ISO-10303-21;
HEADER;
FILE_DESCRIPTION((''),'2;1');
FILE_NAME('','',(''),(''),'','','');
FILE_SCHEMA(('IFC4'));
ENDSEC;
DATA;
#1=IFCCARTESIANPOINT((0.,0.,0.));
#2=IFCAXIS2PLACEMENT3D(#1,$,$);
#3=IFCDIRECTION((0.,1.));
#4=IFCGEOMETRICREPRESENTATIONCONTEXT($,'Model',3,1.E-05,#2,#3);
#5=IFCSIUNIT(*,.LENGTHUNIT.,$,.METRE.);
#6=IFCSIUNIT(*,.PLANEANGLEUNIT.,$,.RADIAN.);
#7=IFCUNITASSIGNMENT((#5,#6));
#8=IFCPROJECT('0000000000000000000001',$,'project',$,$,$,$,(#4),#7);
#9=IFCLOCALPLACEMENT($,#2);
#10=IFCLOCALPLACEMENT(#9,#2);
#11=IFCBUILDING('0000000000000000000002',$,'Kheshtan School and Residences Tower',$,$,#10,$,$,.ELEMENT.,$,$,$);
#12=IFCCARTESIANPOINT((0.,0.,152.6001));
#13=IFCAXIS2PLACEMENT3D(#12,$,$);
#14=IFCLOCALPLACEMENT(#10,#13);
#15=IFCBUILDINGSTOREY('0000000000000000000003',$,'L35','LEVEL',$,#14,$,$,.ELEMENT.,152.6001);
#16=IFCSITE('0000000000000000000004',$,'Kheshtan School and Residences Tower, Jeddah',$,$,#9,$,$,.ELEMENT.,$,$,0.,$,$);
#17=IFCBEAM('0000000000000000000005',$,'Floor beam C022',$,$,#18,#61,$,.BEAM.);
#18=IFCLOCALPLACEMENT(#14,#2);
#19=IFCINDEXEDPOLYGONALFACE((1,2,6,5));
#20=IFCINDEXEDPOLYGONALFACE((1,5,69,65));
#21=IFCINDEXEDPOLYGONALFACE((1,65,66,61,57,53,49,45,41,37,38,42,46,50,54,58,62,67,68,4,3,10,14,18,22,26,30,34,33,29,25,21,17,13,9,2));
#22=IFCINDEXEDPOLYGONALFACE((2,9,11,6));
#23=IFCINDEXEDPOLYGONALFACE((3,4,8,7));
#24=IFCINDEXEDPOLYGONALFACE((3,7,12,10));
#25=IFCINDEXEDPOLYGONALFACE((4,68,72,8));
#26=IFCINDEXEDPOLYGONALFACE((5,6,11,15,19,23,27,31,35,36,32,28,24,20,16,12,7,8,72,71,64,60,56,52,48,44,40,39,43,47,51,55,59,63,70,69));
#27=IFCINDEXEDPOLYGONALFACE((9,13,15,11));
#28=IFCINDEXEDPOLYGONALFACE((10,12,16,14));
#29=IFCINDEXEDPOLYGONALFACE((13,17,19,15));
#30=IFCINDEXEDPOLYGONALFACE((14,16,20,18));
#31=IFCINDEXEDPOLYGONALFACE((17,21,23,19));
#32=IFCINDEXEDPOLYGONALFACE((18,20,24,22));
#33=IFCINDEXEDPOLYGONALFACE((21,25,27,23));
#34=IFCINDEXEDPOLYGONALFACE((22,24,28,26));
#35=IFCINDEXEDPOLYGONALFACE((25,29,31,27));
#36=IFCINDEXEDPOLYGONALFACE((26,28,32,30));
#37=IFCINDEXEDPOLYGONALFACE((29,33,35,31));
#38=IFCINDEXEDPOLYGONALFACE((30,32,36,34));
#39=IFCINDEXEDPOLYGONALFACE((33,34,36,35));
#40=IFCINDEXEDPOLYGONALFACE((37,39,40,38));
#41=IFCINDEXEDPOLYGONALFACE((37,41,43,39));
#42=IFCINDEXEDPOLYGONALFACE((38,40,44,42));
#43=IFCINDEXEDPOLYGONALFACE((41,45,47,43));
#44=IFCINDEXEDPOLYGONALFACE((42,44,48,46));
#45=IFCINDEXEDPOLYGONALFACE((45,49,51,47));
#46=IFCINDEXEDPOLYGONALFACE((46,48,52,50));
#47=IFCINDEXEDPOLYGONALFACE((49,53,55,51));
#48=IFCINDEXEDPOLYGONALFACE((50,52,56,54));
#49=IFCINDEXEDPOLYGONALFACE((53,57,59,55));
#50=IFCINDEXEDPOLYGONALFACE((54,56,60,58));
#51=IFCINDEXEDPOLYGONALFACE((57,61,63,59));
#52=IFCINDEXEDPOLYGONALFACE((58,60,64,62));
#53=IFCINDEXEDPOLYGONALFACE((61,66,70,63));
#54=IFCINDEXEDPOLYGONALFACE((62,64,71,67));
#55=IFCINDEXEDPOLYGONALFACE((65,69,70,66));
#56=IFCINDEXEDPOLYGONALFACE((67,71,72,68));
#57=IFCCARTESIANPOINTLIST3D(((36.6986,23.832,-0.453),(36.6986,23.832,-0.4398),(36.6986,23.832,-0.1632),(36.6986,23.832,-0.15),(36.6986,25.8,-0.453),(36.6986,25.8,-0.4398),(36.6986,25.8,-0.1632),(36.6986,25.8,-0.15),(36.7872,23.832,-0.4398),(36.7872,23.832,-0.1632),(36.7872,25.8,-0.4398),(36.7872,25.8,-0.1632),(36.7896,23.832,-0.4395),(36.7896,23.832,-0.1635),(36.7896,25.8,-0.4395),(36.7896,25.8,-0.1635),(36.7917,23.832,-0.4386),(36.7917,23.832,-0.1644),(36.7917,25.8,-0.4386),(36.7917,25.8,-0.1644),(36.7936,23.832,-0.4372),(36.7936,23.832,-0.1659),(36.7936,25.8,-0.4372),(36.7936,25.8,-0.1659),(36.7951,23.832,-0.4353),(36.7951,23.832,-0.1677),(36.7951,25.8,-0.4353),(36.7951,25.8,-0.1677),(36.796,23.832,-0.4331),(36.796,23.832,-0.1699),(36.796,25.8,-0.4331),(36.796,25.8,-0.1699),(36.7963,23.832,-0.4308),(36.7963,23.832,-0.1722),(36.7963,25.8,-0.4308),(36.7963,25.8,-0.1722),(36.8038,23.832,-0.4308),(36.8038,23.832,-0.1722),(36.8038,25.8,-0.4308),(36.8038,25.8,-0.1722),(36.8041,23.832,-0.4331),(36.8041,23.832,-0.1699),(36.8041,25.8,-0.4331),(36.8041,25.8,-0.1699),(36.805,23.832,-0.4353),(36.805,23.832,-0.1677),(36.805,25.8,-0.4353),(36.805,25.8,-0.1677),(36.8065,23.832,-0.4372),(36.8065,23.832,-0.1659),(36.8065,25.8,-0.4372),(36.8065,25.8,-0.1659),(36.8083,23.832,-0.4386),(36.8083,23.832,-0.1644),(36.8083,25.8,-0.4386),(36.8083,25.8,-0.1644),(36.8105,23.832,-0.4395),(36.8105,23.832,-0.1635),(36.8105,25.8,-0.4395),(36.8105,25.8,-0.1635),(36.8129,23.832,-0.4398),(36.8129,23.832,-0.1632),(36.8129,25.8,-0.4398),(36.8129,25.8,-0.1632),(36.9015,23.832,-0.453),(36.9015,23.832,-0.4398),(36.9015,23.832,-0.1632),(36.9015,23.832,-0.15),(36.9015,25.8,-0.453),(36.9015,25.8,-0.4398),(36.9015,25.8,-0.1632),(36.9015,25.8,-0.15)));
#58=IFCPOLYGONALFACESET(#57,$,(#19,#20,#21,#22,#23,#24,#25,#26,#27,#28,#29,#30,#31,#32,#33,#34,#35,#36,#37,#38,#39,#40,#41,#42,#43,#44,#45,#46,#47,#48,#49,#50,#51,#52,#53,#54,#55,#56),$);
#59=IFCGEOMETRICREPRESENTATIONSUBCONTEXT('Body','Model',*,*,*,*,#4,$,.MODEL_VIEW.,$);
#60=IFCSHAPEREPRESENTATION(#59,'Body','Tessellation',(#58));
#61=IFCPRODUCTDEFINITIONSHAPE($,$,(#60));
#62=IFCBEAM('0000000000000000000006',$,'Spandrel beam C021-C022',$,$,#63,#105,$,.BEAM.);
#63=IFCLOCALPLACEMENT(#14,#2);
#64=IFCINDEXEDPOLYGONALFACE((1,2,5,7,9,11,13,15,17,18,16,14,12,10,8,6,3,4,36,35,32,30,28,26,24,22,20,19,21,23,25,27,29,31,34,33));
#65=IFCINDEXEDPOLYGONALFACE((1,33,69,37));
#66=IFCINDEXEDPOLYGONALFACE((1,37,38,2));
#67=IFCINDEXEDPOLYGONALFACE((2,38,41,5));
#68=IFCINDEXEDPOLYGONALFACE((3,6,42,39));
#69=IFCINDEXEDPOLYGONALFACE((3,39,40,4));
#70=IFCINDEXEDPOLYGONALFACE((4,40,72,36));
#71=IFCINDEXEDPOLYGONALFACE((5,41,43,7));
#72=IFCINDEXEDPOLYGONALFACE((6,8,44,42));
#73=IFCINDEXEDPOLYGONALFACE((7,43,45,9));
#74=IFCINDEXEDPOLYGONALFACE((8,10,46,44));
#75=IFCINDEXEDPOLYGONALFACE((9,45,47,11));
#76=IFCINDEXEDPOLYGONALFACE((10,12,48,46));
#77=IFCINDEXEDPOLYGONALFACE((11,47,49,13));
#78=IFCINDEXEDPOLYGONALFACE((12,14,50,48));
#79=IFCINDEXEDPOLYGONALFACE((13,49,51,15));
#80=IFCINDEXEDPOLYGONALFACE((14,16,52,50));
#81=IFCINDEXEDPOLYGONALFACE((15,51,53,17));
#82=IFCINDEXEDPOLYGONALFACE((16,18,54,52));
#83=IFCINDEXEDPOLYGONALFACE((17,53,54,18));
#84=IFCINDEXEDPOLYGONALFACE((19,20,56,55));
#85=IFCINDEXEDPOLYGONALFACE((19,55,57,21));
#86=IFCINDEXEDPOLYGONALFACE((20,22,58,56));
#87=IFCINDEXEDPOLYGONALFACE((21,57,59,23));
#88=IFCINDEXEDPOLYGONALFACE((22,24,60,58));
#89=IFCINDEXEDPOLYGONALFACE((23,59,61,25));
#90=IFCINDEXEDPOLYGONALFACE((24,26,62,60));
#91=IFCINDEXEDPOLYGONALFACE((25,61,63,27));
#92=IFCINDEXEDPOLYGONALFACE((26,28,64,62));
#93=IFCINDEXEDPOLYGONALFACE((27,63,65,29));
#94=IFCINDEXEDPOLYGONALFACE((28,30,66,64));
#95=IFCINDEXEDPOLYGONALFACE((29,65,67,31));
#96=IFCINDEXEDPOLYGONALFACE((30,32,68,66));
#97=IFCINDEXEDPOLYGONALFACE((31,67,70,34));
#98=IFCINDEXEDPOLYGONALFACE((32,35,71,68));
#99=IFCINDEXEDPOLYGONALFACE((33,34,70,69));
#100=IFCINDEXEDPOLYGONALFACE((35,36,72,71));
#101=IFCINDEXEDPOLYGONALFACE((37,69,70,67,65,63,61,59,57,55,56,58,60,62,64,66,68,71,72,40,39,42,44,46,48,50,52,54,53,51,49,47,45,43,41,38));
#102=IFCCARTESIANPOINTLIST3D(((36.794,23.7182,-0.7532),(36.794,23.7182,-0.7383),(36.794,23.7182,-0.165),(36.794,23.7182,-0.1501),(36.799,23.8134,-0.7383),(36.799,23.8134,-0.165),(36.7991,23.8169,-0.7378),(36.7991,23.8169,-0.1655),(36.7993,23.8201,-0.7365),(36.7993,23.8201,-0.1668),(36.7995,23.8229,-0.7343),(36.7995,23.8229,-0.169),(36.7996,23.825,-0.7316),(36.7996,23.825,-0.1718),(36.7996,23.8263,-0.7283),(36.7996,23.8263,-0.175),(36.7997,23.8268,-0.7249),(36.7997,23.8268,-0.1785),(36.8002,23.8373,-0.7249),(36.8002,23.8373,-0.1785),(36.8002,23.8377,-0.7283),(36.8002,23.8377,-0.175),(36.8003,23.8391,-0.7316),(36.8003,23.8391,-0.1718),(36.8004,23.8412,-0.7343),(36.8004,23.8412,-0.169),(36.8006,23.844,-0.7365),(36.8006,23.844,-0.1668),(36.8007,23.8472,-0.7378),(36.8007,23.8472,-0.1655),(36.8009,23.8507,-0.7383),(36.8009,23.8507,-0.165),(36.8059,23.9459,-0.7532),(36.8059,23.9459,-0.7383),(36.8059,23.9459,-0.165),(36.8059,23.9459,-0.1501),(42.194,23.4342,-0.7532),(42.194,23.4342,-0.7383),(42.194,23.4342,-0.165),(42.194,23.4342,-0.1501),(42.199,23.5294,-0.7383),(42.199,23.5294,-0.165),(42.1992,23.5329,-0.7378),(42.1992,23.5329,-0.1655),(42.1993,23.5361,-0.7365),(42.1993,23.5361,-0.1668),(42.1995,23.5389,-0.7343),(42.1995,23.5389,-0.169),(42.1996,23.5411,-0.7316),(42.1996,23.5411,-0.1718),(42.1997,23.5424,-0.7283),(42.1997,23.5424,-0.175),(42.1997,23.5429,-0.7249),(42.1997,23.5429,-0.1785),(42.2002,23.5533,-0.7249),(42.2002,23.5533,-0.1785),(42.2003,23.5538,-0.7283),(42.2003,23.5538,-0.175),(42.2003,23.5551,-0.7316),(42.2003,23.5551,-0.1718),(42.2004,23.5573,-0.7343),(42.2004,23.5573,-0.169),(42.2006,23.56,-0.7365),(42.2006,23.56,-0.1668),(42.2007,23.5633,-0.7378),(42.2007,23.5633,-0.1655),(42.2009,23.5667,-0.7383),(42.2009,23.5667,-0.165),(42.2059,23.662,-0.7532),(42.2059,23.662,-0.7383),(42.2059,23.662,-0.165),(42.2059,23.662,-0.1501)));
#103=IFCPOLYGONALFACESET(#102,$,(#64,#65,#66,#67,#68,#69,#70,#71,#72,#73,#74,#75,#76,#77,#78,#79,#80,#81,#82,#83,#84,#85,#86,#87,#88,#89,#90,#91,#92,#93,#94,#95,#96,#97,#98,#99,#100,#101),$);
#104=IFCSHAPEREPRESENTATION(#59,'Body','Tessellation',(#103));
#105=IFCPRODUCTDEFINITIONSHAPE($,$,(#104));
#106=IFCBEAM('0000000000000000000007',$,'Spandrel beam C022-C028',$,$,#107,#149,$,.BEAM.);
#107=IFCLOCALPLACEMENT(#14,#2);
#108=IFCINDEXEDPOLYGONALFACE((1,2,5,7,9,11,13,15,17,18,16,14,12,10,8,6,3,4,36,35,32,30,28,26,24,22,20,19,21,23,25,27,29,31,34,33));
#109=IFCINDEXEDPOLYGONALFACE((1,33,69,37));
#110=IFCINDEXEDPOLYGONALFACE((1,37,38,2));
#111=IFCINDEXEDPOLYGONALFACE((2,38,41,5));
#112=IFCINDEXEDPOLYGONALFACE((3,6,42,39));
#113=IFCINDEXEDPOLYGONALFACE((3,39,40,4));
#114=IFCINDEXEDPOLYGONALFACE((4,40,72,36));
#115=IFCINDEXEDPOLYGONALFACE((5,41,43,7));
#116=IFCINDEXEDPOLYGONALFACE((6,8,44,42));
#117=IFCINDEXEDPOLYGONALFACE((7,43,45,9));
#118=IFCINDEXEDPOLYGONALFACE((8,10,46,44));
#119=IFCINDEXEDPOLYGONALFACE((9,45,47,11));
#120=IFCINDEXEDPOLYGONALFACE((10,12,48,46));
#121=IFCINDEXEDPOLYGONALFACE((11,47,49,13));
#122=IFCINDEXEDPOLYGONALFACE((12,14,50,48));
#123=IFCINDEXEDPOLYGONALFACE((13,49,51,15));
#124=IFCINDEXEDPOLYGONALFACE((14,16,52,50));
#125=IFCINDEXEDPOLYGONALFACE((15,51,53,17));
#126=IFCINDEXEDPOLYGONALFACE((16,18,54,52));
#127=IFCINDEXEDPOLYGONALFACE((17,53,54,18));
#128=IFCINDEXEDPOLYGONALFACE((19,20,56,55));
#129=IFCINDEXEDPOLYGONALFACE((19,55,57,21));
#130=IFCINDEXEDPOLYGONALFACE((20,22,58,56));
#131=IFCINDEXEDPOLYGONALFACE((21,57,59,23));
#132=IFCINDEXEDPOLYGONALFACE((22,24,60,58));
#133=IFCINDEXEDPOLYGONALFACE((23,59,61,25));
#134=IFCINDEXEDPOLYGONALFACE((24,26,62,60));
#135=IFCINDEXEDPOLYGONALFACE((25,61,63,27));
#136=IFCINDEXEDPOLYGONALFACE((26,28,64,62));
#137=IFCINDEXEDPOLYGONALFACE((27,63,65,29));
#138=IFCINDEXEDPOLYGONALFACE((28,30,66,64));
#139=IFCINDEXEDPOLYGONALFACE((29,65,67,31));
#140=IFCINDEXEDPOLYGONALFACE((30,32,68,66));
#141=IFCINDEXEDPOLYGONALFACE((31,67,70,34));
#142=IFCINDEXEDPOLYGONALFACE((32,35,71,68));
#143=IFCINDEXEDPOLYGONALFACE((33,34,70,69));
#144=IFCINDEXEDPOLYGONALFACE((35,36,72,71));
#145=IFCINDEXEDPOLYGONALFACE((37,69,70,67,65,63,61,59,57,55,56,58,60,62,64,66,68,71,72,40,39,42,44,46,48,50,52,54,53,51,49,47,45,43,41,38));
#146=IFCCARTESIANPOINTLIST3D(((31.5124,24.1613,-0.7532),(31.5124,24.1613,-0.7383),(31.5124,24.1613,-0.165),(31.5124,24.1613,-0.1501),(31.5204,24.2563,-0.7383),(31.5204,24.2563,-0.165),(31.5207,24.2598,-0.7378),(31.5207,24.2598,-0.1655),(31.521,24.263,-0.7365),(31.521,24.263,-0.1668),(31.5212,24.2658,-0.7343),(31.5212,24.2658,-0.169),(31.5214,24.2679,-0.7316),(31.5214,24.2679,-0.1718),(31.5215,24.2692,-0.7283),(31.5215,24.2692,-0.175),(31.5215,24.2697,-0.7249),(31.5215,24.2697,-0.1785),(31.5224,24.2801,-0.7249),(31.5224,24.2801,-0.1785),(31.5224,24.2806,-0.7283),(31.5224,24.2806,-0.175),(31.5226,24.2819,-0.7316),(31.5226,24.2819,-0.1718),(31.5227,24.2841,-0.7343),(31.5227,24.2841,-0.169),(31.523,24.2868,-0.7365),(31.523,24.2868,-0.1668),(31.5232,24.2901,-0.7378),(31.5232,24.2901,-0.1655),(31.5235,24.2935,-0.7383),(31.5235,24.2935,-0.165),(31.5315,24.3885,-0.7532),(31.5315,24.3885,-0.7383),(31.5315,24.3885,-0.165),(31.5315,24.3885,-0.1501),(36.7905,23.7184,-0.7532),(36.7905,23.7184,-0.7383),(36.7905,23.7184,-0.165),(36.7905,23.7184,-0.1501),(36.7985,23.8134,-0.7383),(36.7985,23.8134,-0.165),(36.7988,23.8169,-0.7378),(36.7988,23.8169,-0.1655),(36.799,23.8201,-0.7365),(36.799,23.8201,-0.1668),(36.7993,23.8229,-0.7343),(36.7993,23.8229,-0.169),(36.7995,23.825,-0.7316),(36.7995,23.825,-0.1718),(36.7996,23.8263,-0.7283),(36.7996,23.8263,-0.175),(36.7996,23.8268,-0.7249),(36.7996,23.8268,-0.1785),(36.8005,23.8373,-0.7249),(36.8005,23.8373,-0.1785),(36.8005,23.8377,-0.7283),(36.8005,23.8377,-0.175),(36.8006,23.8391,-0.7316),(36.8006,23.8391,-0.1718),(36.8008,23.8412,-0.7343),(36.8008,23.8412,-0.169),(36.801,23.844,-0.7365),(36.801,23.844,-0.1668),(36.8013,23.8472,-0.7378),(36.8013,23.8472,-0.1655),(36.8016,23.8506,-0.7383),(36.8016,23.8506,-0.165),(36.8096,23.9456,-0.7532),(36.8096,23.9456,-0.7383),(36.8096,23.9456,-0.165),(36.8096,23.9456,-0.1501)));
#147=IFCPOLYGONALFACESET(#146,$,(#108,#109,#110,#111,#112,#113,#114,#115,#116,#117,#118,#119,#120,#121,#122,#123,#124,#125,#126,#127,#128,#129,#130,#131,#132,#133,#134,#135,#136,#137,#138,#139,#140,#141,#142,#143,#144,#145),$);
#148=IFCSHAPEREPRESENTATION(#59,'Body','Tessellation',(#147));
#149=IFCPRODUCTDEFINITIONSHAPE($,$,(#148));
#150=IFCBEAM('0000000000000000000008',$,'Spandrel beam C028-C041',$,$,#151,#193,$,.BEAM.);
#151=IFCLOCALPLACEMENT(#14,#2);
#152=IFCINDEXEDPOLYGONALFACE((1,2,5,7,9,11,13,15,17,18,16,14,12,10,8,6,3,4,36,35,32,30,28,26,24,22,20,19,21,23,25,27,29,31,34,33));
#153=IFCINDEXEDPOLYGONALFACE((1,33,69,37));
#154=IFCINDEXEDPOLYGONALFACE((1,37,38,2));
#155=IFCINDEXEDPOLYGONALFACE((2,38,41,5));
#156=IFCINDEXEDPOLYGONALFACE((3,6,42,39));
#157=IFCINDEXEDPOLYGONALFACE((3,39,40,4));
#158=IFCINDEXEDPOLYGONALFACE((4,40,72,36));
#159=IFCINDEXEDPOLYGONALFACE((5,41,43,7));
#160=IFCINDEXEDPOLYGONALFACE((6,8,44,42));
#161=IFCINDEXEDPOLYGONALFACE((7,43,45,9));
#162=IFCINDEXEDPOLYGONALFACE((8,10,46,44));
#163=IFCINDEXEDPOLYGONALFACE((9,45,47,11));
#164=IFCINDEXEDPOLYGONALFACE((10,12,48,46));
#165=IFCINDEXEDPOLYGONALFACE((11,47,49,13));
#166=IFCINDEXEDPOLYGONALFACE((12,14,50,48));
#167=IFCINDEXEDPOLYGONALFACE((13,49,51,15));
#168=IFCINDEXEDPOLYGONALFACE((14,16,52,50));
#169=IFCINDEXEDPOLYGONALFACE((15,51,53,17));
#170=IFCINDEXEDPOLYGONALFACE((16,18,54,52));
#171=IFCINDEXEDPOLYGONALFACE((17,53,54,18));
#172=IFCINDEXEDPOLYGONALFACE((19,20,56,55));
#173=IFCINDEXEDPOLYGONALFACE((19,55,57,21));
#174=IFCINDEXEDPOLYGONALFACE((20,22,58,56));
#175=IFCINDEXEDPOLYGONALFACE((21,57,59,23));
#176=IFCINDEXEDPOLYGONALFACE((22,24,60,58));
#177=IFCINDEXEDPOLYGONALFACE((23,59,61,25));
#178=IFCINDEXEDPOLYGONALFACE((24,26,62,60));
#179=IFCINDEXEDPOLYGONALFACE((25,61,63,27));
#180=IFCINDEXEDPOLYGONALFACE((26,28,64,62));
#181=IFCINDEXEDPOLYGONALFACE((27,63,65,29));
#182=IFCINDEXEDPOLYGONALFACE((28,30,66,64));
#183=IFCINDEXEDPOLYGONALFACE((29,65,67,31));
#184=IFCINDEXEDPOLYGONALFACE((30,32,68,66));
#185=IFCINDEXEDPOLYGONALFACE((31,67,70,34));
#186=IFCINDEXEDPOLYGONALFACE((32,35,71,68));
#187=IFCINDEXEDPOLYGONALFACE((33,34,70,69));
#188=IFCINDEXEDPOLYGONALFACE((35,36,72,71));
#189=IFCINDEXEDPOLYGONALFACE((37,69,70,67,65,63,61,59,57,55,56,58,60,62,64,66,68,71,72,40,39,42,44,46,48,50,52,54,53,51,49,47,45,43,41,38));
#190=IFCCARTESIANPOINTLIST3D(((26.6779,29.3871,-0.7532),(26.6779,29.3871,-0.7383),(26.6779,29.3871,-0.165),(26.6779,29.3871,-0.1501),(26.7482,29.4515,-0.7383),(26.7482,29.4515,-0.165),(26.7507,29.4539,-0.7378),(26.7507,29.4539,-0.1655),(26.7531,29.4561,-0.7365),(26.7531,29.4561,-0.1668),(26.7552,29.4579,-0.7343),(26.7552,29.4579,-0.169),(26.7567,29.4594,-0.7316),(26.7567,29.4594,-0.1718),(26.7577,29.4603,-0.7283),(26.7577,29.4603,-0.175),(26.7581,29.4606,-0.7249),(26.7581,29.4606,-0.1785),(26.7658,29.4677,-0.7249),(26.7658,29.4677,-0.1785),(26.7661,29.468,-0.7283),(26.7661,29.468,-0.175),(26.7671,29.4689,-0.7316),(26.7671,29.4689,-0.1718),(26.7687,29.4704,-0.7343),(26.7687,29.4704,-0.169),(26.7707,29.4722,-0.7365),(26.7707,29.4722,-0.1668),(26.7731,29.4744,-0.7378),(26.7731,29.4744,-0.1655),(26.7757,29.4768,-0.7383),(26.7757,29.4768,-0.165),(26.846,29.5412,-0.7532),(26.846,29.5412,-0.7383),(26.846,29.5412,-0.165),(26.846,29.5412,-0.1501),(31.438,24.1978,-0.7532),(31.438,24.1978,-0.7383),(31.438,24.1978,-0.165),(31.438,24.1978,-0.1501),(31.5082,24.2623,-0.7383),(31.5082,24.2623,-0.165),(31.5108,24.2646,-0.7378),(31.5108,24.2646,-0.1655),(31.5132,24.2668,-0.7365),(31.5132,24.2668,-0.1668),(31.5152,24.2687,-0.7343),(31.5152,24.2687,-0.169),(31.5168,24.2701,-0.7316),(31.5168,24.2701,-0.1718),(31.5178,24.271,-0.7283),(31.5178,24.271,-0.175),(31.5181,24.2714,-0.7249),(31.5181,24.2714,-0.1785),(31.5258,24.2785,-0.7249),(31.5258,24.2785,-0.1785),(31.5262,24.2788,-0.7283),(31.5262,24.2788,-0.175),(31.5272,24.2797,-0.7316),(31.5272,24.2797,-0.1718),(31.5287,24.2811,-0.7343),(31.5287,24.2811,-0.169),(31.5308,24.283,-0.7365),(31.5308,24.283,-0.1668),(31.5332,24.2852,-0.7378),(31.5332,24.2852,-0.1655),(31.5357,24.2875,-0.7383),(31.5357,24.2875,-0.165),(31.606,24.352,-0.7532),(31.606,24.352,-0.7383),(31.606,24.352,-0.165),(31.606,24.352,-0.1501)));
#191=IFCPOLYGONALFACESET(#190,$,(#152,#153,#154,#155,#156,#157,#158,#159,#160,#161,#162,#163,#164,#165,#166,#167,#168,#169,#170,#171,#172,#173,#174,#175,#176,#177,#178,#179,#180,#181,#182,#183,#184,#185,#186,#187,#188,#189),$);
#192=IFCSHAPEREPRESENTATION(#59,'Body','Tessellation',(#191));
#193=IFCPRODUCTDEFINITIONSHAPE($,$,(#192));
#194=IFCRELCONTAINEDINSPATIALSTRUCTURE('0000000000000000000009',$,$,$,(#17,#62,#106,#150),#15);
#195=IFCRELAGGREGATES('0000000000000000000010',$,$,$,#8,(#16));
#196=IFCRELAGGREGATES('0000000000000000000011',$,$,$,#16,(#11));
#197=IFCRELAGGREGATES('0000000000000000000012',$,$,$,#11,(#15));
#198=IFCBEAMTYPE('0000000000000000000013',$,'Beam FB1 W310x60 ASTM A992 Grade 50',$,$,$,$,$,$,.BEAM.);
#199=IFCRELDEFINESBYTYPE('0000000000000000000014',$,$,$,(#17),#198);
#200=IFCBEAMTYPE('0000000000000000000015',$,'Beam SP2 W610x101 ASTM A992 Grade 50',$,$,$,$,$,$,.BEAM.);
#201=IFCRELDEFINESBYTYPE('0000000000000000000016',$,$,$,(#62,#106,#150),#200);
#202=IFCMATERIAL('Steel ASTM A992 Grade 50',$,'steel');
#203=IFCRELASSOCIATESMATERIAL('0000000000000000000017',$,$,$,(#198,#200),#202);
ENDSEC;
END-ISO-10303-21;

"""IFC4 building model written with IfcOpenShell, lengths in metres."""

from ifc_helpers import new_model, si_unit, direction, frame, origin, origin_2d, place, context, subcontext, project, spatial, i_section, extrude, material, material_profile, profile_set, type_object, element, save


model = new_model("IFC4")

# Units and contexts
model_context = context("Model", 3, precision=1e-05, world=origin(), true_north=direction((0.0, 1.0)))
body_context = subcontext(model_context, "Body", "Model", "MODEL_VIEW")
ifc_project = project(units=[si_unit("LENGTHUNIT", "METRE"), si_unit("PLANEANGLEUNIT", "RADIAN")], contexts=[model_context])

# Site, building, storey
site_placement = place(None, origin())
site = spatial("IfcSite", under=ifc_project, at=site_placement, Name="Kheshtan School and Residences Tower, Jeddah", CompositionType="ELEMENT", RefElevation=0.0)
building_placement = place(site_placement, origin())
building = spatial("IfcBuilding", under=site, at=building_placement, Name="Kheshtan School and Residences Tower", CompositionType="ELEMENT")
storey_placement = place(building_placement, frame((0.0, 0.0, 152.6001)))
storey = spatial("IfcBuildingStorey", under=building, at=storey_placement, Name="L35", Description="LEVEL", CompositionType="ELEMENT", Elevation=152.6001)

# Shared definitions
ifc_material_1 = material(Name="Steel ASTM A992 Grade 50", Category="steel")

# Beams
ifc_material_profile_1 = material_profile(ifc_material_1, i_section(OverallWidth=0.2029, OverallDepth=0.303, WebThickness=0.0076, FlangeThickness=0.0132, FilletRadius=0.009, at=origin_2d()), Name="W310x60")
ifc_profile_set_1 = profile_set([ifc_material_profile_1], Name="Steel ASTM A992 Grade 50")
beam_type_1 = type_object("IfcBeamType", Name="Beam FB1 W310x60 ASTM A992 Grade 50", PredefinedType="BEAM", material=ifc_profile_set_1)
beam_1_placement = place(storey_placement, frame((36.8, 23.832, -0.3015), z_axis=(0.0, 1.0, 0.0), x_axis=(-1.0, 0.0, 0.0)))
element("IfcBeam", 1, at=beam_1_placement, inside=storey, type_object=beam_type_1, Name="Floor beam C022", PredefinedType="BEAM", context=body_context, shape_type="SweptSolid", body=[
    extrude(i_section(OverallWidth=0.2029, OverallDepth=0.303, WebThickness=0.0076, FlangeThickness=0.0132, FilletRadius=0.009, at=origin_2d()), origin(), (0.0, 0.0, 1.0), 1.968),
])
ifc_material_profile_2 = material_profile(ifc_material_1, i_section(OverallWidth=0.228, OverallDepth=0.603, WebThickness=0.0105, FlangeThickness=0.0149, FilletRadius=0.0134, at=origin_2d()), Name="W610x101")
ifc_profile_set_2 = profile_set([ifc_material_profile_2], Name="Steel ASTM A992 Grade 50")
beam_type_2 = type_object("IfcBeamType", Name="Beam SP2 W610x101 ASTM A992 Grade 50", PredefinedType="BEAM", material=ifc_profile_set_2)
beam_2_placement = place(storey_placement, frame((42.2, 23.5481, -0.4517), z_axis=(-0.99862, 0.052509, 0.0), x_axis=(-0.052509, -0.99862, 0.0)))
element("IfcBeam", 2, at=beam_2_placement, inside=storey, type_object=beam_type_2, Name="Spandrel beam C021-C022", PredefinedType="BEAM", context=body_context, shape_type="SweptSolid", body=[
    extrude(i_section(OverallWidth=0.228, OverallDepth=0.603, WebThickness=0.0105, FlangeThickness=0.0149, FilletRadius=0.0134, at=origin_2d()), origin(), (0.0, 0.0, 1.0), 5.4075),
])
beam_3_placement = place(storey_placement, frame((36.8, 23.832, -0.4517), z_axis=(-0.996498, 0.083614, 0.0), x_axis=(-0.083614, -0.996498, 0.0)))
element("IfcBeam", 3, at=beam_3_placement, inside=storey, type_object=beam_type_2, Name="Spandrel beam C022-C028", PredefinedType="BEAM", context=body_context, shape_type="SweptSolid", body=[
    extrude(i_section(OverallWidth=0.228, OverallDepth=0.603, WebThickness=0.0105, FlangeThickness=0.0149, FilletRadius=0.0134, at=origin_2d()), origin(), (0.0, 0.0, 1.0), 5.2966),
])
beam_4_placement = place(storey_placement, frame((31.522, 24.2749, -0.4517), z_axis=(-0.675974, 0.736925, 0.0), x_axis=(-0.736925, -0.675974, 0.0)))
element("IfcBeam", 4, at=beam_4_placement, inside=storey, type_object=beam_type_2, Name="Spandrel beam C028-C041", PredefinedType="BEAM", context=body_context, shape_type="SweptSolid", body=[
    extrude(i_section(OverallWidth=0.228, OverallDepth=0.603, WebThickness=0.0105, FlangeThickness=0.0149, FilletRadius=0.0134, at=origin_2d()), origin(), (0.0, 0.0, 1.0), 7.0417),
])

save(model, "model.ifc")
